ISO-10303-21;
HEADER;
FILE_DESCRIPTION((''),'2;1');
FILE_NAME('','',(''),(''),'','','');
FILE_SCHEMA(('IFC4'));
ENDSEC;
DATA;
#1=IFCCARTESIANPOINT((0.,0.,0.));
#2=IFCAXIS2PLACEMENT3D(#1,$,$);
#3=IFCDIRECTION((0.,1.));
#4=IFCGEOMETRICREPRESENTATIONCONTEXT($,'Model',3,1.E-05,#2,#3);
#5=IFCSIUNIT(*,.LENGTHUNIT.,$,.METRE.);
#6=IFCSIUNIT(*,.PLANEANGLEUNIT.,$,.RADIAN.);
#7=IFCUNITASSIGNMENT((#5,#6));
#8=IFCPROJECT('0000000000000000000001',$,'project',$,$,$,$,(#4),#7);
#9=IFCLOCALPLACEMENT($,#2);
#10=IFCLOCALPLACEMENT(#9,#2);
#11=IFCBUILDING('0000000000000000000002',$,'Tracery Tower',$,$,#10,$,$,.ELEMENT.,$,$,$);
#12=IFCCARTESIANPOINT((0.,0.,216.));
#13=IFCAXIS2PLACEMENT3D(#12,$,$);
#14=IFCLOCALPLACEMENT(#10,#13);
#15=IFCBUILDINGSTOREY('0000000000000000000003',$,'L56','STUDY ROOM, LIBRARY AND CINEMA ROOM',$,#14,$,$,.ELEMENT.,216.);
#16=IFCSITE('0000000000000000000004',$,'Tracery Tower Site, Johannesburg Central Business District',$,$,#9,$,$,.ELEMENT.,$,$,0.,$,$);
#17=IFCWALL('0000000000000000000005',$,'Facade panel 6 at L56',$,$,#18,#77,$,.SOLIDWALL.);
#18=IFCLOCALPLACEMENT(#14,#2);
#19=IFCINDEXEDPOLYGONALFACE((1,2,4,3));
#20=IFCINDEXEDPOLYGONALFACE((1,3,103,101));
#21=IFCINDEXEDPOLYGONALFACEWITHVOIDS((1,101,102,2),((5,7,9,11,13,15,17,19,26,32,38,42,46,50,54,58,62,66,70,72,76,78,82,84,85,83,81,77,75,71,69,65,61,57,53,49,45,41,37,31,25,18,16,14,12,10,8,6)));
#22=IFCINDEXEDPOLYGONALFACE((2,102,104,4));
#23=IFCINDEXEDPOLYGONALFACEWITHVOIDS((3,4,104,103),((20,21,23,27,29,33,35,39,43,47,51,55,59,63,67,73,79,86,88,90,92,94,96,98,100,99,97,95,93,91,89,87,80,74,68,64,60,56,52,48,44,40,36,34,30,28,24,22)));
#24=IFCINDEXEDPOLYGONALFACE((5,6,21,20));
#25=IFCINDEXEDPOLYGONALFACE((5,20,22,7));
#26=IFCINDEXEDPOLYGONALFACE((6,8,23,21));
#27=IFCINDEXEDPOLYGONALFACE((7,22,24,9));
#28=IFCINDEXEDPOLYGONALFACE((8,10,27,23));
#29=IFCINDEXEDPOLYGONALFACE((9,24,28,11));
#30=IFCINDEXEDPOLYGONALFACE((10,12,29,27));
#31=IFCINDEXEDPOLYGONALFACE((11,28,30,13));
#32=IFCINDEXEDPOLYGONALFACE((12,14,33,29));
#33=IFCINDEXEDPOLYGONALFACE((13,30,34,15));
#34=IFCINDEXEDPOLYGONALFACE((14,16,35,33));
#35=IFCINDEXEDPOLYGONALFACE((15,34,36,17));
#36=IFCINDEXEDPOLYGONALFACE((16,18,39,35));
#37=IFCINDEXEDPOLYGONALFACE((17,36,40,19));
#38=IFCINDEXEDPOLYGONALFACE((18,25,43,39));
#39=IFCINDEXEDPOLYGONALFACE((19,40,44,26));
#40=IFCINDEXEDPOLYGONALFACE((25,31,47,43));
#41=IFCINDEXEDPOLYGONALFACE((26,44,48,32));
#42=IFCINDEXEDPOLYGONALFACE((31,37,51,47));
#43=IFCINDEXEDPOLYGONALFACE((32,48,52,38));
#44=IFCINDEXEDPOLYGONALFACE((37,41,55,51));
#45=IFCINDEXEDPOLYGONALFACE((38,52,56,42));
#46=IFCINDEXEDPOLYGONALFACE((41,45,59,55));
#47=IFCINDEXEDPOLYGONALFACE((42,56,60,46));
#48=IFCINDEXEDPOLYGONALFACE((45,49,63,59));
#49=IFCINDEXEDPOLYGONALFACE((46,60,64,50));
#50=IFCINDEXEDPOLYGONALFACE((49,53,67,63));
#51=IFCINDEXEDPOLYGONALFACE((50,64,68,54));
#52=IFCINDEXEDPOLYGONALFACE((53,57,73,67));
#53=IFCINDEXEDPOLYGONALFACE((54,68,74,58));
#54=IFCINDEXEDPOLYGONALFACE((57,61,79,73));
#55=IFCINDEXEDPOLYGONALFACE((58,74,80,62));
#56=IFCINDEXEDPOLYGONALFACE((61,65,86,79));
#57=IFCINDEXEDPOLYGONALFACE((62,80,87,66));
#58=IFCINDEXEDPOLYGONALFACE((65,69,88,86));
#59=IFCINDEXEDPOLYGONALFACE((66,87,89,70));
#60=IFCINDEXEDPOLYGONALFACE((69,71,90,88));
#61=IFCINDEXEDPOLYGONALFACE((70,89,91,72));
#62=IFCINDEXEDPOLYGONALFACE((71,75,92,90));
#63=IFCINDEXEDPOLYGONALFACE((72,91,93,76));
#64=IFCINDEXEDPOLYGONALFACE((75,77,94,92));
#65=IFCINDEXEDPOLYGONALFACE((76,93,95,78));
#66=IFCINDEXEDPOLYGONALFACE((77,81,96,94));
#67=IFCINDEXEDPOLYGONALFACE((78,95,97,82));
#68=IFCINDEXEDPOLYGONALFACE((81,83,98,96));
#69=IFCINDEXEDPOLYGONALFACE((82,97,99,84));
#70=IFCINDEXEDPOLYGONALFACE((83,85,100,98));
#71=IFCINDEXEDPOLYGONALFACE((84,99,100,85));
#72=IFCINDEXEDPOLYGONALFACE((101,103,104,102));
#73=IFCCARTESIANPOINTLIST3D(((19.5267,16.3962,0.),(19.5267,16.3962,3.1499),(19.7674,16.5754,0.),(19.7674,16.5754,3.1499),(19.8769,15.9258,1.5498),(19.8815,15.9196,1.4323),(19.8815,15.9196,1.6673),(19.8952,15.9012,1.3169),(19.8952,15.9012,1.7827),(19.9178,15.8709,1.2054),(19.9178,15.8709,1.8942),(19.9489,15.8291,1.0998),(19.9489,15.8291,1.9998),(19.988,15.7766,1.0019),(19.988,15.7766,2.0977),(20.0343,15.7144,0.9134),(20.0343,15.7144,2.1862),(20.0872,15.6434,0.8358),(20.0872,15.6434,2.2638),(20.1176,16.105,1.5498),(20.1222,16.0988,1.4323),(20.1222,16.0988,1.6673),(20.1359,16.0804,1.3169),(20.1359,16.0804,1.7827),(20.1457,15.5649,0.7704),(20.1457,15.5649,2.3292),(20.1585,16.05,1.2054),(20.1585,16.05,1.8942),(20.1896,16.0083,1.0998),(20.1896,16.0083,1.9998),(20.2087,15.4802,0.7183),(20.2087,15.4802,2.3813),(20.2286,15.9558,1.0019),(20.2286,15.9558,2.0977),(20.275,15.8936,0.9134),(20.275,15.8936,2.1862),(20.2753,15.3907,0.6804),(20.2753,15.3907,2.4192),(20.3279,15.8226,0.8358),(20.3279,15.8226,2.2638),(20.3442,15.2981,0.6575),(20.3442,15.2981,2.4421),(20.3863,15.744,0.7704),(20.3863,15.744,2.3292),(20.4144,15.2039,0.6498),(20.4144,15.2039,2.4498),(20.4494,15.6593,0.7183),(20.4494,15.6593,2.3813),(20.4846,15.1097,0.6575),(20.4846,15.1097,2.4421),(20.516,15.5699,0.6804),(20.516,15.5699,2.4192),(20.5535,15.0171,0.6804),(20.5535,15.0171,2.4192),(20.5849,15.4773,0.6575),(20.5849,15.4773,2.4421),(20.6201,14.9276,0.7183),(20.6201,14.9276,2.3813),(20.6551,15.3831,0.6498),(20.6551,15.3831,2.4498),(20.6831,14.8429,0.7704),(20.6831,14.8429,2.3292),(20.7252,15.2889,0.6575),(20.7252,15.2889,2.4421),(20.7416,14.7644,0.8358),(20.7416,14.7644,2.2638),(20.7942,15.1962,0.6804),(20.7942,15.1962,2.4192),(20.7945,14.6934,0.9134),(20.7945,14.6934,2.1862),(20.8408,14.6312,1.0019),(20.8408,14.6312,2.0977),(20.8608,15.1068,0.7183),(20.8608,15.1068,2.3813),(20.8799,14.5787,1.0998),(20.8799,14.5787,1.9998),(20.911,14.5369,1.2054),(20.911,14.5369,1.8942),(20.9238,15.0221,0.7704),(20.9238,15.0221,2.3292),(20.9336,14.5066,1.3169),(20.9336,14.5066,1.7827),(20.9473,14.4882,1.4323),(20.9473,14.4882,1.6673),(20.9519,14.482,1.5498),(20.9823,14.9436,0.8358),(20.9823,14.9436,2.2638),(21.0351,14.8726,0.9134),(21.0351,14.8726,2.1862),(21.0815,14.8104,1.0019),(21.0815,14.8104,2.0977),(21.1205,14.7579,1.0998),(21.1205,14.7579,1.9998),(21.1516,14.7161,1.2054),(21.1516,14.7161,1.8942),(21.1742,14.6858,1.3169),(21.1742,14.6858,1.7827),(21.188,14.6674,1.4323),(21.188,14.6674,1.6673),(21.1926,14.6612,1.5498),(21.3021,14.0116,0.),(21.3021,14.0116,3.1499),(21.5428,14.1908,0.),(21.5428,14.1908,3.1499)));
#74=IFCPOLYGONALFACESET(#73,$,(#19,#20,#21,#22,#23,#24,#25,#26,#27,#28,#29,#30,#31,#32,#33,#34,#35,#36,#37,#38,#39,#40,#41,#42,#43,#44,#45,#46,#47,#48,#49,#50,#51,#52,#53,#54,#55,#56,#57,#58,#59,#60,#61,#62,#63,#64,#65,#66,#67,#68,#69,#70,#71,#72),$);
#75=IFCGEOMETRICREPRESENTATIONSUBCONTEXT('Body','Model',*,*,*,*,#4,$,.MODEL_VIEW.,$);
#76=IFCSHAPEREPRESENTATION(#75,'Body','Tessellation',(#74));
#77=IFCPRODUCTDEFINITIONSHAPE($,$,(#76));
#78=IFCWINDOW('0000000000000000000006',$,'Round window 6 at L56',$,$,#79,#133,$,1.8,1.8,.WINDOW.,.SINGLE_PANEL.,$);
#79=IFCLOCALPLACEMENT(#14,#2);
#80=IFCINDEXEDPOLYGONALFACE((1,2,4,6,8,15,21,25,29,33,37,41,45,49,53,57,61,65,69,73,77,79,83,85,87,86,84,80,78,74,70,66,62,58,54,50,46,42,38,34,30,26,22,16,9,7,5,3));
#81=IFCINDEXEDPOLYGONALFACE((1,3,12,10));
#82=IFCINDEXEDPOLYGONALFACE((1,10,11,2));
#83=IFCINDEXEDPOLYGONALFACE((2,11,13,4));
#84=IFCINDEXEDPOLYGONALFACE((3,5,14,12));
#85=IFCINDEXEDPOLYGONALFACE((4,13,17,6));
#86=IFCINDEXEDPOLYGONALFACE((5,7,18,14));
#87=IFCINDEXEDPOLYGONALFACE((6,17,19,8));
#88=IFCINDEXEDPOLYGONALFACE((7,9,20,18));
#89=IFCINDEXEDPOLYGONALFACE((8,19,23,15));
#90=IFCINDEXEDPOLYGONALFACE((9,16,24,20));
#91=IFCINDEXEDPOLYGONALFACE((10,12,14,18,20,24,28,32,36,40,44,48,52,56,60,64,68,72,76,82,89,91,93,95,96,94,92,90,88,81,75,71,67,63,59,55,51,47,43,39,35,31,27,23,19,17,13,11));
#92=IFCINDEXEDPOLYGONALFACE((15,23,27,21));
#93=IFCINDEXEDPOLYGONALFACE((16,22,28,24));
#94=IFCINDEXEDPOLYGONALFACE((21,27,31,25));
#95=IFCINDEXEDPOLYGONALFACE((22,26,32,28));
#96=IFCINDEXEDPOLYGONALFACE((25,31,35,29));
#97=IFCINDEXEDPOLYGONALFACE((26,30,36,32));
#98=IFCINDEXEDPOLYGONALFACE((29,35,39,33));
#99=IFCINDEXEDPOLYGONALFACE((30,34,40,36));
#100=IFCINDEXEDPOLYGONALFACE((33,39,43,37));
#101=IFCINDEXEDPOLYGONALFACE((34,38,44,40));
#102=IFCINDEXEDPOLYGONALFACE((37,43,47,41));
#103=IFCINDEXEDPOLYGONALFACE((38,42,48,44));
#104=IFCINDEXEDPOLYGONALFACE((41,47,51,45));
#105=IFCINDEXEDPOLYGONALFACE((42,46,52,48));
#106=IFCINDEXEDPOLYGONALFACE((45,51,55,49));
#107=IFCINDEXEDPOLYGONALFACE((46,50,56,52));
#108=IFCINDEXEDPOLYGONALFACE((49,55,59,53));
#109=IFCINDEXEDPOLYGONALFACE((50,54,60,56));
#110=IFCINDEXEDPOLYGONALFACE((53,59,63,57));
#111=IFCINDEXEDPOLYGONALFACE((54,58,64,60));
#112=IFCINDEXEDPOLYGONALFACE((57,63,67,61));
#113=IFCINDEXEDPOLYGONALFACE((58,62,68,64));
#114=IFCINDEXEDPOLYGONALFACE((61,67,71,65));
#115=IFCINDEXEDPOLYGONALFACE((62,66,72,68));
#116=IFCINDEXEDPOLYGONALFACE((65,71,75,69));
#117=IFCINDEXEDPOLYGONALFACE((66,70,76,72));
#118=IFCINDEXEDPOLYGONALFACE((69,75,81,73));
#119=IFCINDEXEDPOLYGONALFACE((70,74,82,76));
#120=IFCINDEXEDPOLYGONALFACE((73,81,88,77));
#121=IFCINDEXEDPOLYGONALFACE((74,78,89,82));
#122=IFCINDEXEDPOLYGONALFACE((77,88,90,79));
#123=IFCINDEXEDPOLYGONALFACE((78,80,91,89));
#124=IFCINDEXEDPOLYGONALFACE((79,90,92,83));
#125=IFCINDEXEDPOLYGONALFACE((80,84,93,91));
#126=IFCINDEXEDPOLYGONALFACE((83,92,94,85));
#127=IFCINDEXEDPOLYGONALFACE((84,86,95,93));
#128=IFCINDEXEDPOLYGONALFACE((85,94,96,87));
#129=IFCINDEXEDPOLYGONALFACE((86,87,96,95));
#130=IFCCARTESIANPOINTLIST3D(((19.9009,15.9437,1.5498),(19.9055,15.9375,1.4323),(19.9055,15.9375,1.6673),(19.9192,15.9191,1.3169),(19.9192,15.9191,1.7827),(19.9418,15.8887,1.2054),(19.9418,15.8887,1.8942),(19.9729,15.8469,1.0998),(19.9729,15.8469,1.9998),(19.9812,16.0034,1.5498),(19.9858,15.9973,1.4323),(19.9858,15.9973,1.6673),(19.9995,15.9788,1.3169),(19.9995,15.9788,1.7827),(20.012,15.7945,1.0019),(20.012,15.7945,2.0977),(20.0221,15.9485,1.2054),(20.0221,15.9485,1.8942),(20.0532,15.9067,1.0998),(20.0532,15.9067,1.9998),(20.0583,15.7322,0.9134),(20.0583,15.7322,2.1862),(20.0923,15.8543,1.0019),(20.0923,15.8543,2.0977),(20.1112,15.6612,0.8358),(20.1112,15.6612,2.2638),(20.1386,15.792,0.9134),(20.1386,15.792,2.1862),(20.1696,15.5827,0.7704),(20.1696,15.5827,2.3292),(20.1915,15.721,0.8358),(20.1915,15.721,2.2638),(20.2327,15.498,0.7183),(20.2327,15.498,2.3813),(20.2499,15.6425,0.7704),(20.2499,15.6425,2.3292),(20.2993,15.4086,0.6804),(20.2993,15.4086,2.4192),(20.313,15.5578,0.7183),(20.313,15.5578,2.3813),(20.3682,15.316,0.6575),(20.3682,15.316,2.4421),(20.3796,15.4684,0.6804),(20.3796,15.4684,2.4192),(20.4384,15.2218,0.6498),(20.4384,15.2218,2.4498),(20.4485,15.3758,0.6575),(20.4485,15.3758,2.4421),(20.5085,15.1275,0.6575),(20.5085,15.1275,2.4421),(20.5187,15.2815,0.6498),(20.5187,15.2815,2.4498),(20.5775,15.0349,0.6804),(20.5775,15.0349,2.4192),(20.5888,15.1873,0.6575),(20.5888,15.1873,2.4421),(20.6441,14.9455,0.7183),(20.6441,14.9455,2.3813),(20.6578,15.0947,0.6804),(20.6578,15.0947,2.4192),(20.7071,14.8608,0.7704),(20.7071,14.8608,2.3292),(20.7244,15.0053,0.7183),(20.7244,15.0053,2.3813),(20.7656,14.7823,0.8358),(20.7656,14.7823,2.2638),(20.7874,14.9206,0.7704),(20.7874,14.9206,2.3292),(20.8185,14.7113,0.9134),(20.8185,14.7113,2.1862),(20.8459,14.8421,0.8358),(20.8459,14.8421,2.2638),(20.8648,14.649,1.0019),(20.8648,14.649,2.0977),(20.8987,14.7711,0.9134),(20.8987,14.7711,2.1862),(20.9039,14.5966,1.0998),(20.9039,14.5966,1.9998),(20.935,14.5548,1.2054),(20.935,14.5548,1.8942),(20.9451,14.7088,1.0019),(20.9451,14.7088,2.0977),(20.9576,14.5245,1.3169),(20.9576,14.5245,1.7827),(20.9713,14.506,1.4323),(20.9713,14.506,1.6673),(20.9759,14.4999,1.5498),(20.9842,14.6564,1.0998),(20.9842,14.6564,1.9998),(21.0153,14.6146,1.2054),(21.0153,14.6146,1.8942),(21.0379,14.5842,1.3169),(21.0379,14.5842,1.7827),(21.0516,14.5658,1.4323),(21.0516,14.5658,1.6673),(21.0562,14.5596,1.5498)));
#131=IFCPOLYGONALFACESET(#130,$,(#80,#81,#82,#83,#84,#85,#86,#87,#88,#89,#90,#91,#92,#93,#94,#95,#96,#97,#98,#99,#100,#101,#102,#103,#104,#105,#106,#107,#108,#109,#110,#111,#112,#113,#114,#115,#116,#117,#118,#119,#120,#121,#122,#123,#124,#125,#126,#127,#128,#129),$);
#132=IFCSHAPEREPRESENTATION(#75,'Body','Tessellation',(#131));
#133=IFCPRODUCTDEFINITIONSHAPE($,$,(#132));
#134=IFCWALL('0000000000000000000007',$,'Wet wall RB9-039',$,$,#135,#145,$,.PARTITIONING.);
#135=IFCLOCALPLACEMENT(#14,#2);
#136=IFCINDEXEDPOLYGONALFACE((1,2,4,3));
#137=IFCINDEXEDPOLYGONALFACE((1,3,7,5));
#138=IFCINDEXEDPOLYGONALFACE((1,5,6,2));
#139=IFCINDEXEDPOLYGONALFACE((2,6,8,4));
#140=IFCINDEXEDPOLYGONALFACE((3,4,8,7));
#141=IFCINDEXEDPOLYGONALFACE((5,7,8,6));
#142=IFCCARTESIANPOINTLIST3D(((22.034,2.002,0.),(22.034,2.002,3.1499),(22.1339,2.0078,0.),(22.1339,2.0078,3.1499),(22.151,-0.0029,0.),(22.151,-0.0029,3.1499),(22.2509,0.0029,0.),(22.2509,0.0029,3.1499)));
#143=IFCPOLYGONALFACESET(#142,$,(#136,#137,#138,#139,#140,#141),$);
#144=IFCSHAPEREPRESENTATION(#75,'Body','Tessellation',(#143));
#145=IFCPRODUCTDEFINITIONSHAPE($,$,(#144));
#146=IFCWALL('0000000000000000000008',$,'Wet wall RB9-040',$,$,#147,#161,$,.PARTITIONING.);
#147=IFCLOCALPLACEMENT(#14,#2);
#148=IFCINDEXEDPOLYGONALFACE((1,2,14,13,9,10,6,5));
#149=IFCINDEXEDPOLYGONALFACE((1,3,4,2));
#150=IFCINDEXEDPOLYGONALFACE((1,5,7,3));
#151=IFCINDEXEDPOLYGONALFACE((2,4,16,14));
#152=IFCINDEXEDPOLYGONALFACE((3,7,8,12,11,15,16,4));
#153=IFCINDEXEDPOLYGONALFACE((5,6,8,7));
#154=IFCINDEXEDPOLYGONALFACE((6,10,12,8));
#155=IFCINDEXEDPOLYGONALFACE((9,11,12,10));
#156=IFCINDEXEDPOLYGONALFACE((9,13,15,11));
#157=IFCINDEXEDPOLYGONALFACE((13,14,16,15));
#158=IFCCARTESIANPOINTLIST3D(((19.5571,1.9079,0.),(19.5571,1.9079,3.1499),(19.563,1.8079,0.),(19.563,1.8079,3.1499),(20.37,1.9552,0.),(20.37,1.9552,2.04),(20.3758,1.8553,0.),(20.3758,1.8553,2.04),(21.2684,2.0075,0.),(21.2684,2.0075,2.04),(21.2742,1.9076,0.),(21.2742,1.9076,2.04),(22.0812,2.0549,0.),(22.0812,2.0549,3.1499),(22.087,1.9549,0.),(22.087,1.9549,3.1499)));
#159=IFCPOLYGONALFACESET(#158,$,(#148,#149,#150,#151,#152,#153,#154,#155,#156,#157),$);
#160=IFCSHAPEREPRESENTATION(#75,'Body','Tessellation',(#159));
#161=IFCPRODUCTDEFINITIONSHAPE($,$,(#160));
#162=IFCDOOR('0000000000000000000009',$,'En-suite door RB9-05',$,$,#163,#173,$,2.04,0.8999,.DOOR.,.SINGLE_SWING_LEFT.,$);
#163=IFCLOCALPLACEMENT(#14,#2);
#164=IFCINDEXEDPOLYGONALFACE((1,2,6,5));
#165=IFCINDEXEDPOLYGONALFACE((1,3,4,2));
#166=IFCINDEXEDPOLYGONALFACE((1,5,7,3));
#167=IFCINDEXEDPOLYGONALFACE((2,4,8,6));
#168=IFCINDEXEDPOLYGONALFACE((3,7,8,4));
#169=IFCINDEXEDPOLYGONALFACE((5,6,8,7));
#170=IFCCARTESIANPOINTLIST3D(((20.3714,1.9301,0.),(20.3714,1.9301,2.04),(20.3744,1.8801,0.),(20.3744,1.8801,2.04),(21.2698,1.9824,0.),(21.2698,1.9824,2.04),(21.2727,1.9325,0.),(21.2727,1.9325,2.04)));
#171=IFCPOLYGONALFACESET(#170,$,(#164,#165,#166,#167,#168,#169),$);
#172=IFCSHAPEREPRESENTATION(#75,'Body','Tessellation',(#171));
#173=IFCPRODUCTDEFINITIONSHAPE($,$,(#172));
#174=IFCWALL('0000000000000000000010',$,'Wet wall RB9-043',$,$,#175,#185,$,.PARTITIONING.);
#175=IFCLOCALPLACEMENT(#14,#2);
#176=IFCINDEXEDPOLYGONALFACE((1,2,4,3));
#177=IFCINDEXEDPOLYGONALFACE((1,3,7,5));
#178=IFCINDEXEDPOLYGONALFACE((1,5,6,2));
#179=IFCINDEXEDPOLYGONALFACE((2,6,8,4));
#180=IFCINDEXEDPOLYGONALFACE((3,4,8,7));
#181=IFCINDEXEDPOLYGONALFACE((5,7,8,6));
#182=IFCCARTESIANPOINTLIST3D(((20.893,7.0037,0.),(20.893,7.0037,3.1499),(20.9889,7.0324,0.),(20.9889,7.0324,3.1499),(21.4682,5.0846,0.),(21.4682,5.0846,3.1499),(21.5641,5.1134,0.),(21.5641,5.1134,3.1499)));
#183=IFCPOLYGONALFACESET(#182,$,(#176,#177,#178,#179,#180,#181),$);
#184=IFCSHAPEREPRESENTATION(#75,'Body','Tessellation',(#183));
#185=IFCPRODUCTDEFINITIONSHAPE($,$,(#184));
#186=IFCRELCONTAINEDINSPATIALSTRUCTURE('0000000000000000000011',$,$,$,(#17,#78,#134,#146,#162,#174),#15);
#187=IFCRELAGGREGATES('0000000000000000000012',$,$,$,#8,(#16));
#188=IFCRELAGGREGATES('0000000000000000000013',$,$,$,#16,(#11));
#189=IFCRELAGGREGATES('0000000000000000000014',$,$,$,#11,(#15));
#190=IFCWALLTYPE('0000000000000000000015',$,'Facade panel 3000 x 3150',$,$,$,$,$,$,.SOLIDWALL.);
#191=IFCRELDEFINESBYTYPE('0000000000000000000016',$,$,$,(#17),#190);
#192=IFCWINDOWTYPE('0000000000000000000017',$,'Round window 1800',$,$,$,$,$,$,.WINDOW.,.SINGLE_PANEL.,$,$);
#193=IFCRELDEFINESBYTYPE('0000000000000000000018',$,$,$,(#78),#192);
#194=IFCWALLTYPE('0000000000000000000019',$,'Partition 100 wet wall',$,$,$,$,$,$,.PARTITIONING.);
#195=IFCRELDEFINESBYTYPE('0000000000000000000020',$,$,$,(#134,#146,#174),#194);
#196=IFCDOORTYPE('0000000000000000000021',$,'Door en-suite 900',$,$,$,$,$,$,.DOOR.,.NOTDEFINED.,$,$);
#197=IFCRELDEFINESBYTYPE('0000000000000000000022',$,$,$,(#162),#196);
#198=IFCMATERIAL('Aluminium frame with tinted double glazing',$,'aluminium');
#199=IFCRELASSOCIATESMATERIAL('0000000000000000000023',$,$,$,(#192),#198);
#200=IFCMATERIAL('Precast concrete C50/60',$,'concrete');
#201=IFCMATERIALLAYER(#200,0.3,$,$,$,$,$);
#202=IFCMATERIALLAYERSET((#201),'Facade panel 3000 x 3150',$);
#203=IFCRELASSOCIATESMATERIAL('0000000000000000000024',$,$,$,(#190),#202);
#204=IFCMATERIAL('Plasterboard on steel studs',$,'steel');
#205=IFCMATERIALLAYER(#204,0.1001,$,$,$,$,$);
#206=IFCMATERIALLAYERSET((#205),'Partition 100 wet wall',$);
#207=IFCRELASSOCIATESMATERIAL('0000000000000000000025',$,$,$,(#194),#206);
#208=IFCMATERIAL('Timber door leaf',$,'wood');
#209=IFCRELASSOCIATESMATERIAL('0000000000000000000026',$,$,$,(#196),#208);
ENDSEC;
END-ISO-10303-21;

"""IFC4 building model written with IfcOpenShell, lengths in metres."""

from ifc_helpers import new_model, si_unit, direction, frame, frame_2d, origin, origin_2d, place, context, subcontext, project, spatial, rectangle, circle, extrude, material, layer, layer_set, type_object, element, fill, save


model = new_model("IFC4")

# Units and contexts
model_context = context("Model", 3, precision=1e-05, world=origin(), true_north=direction((0.0, 1.0)))
body_context = subcontext(model_context, "Body", "Model", "MODEL_VIEW")
ifc_project = project(units=[si_unit("LENGTHUNIT", "METRE"), si_unit("PLANEANGLEUNIT", "RADIAN")], contexts=[model_context])

# Site, building, storey
site_placement = place(None, origin())
site = spatial("IfcSite", under=ifc_project, at=site_placement, Name="Tracery Tower Site, Johannesburg Central Business District", CompositionType="ELEMENT", RefElevation=0.0)
building_placement = place(site_placement, origin())
building = spatial("IfcBuilding", under=site, at=building_placement, Name="Tracery Tower", CompositionType="ELEMENT")
storey_placement = place(building_placement, frame((0.0, 0.0, 216.0)))
storey = spatial("IfcBuildingStorey", under=building, at=storey_placement, Name="L56", Description="STUDY ROOM, LIBRARY AND CINEMA ROOM", CompositionType="ELEMENT", Elevation=216.0)

# Wall, opening, window
ifc_material_1 = material(Name="Aluminium frame with tinted double glazing", Category="aluminium")
window_type = type_object("IfcWindowType", Name="Round window 1800", PartitioningType="SINGLE_PANEL", PredefinedType="WINDOW", material=ifc_material_1)
ifc_material_2 = material(Name="Precast concrete C50/60", Category="concrete")
ifc_layer_1 = layer(ifc_material_2, 0.3)
ifc_layer_set_1 = layer_set([ifc_layer_1], Name="Facade panel 3000 x 3150")
wall_type_1 = type_object("IfcWallType", Name="Facade panel 3000 x 3150", PredefinedType="SOLIDWALL", material=ifc_layer_set_1)
wall_1_placement = place(storey_placement, frame((21.4224, 14.1013, 0.0), z_axis=(0.0, 0.0, 1.0), x_axis=(-0.597198, 0.802094, 0.0)))
wall_1 = element("IfcWall", 1, at=wall_1_placement, inside=storey, type_object=wall_type_1, Name="Facade panel 6 at L56", PredefinedType="SOLIDWALL", context=body_context, shape_type="SweptSolid", body=[
    extrude(rectangle(XDim=2.9729, YDim=0.3, at=frame_2d((1.4863, 0.0))), origin(), (0.0, 0.0, 1.0), 3.1499),
])
opening_1_placement = place(wall_1_placement, frame((1.4863, 0.0, 1.5498)))
opening_1 = element("IfcOpeningElement", 2, at=opening_1_placement, cuts=wall_1, PredefinedType="OPENING", context=body_context, shape_type="SweptSolid", body=[
    extrude(circle(Radius=0.9, at=origin_2d()), frame((0.0, 0.1599, 0.0), z_axis=(0.0, -1.0, 0.0), x_axis=(1.0, 0.0, 0.0)), (0.0, 0.0, 1.0), 0.3201),
])
window_1_placement = place(opening_1_placement, origin())
window_1 = element("IfcWindow", 3, at=window_1_placement, inside=storey, type_object=window_type, Name="Round window 6 at L56", OverallHeight=1.8, OverallWidth=1.8, PartitioningType="SINGLE_PANEL", PredefinedType="WINDOW", context=body_context, shape_type="SweptSolid", body=[
    extrude(circle(Radius=0.9, at=origin_2d()), frame((0.0, 0.1201, 0.0), z_axis=(0.0, -1.0, 0.0), x_axis=(1.0, 0.0, 0.0)), (0.0, 0.0, 1.0), 0.1001),
])
fill(opening_1, window_1)

# Wall
ifc_material_3 = material(Name="Plasterboard on steel studs", Category="steel")
ifc_layer_2 = layer(ifc_material_3, 0.1001)
ifc_layer_set_2 = layer_set([ifc_layer_2], Name="Partition 100 wet wall")
wall_type_2 = type_object("IfcWallType", Name="Partition 100 wet wall", PredefinedType="PARTITIONING", material=ifc_layer_set_2)
wall_2_placement = place(storey_placement, frame((22.084, 2.0049, 0.0), z_axis=(0.0, 0.0, 1.0), x_axis=(0.05823, -0.998303, 0.0)))
element("IfcWall", 4, at=wall_2_placement, inside=storey, type_object=wall_type_2, Name="Wet wall RB9-039", PredefinedType="PARTITIONING", context=body_context, shape_type="SweptSolid", body=[
    extrude(rectangle(XDim=2.0083, YDim=0.1001, at=frame_2d((1.0042, 0.0))), origin(), (0.0, 0.0, 1.0), 3.1499),
])

# Wall, opening, door
wall_3_placement = place(storey_placement, frame((19.5601, 1.8579, 0.0), z_axis=(0.0, 0.0, 1.0), x_axis=(0.998309, 0.058133, 0.0)))
wall_3 = element("IfcWall", 5, at=wall_3_placement, inside=storey, type_object=wall_type_2, Name="Wet wall RB9-040", PredefinedType="PARTITIONING", context=body_context, shape_type="SweptSolid", body=[
    extrude(rectangle(XDim=2.5283, YDim=0.1001, at=frame_2d((1.2642, 0.0))), origin(), (0.0, 0.0, 1.0), 3.1499),
])
opening_2_placement = place(wall_3_placement, frame((0.8142, 0.0, 0.0)))
opening_2 = element("IfcOpeningElement", 6, at=opening_2_placement, cuts=wall_3, PredefinedType="OPENING", context=body_context, shape_type="SweptSolid", body=[
    extrude(rectangle(XDim=0.8999, YDim=2.04, at=frame_2d((0.45, 1.02))), frame((0.0, 0.05, 0.0), z_axis=(0.0, -1.0, 0.0), x_axis=(1.0, 0.0, 0.0)), (0.0, 0.0, 1.0), 0.1001),
])
ifc_material_4 = material(Name="Timber door leaf", Category="wood")
door_type = type_object("IfcDoorType", Name="Door en-suite 900", OperationType="NOTDEFINED", PredefinedType="DOOR", material=ifc_material_4)
door_1_placement = place(opening_2_placement, origin())
door_1 = element("IfcDoor", 7, at=door_1_placement, inside=storey, type_object=door_type, Name="En-suite door RB9-05", OperationType="SINGLE_SWING_LEFT", OverallHeight=2.04, OverallWidth=0.8999, PredefinedType="DOOR", context=body_context, shape_type="SweptSolid", body=[
    extrude(rectangle(XDim=0.8999, YDim=2.04, at=frame_2d((0.45, 1.02))), frame((0.0, 0.0249, 0.0), z_axis=(0.0, -1.0, 0.0), x_axis=(1.0, 0.0, 0.0)), (0.0, 0.0, 1.0), 0.05),
])
fill(opening_2, door_1)

# Wall
wall_4_placement = place(storey_placement, frame((20.9409, 7.0181, 0.0), z_axis=(0.0, 0.0, 1.0), x_axis=(0.287124, -0.957893, 0.0)))
element("IfcWall", 8, at=wall_4_placement, inside=storey, type_object=wall_type_2, Name="Wet wall RB9-043", PredefinedType="PARTITIONING", context=body_context, shape_type="SweptSolid", body=[
    extrude(rectangle(XDim=2.0034, YDim=0.1001, at=frame_2d((1.0017, 0.0))), origin(), (0.0, 0.0, 1.0), 3.1499),
])

save(model, "model.ifc")
